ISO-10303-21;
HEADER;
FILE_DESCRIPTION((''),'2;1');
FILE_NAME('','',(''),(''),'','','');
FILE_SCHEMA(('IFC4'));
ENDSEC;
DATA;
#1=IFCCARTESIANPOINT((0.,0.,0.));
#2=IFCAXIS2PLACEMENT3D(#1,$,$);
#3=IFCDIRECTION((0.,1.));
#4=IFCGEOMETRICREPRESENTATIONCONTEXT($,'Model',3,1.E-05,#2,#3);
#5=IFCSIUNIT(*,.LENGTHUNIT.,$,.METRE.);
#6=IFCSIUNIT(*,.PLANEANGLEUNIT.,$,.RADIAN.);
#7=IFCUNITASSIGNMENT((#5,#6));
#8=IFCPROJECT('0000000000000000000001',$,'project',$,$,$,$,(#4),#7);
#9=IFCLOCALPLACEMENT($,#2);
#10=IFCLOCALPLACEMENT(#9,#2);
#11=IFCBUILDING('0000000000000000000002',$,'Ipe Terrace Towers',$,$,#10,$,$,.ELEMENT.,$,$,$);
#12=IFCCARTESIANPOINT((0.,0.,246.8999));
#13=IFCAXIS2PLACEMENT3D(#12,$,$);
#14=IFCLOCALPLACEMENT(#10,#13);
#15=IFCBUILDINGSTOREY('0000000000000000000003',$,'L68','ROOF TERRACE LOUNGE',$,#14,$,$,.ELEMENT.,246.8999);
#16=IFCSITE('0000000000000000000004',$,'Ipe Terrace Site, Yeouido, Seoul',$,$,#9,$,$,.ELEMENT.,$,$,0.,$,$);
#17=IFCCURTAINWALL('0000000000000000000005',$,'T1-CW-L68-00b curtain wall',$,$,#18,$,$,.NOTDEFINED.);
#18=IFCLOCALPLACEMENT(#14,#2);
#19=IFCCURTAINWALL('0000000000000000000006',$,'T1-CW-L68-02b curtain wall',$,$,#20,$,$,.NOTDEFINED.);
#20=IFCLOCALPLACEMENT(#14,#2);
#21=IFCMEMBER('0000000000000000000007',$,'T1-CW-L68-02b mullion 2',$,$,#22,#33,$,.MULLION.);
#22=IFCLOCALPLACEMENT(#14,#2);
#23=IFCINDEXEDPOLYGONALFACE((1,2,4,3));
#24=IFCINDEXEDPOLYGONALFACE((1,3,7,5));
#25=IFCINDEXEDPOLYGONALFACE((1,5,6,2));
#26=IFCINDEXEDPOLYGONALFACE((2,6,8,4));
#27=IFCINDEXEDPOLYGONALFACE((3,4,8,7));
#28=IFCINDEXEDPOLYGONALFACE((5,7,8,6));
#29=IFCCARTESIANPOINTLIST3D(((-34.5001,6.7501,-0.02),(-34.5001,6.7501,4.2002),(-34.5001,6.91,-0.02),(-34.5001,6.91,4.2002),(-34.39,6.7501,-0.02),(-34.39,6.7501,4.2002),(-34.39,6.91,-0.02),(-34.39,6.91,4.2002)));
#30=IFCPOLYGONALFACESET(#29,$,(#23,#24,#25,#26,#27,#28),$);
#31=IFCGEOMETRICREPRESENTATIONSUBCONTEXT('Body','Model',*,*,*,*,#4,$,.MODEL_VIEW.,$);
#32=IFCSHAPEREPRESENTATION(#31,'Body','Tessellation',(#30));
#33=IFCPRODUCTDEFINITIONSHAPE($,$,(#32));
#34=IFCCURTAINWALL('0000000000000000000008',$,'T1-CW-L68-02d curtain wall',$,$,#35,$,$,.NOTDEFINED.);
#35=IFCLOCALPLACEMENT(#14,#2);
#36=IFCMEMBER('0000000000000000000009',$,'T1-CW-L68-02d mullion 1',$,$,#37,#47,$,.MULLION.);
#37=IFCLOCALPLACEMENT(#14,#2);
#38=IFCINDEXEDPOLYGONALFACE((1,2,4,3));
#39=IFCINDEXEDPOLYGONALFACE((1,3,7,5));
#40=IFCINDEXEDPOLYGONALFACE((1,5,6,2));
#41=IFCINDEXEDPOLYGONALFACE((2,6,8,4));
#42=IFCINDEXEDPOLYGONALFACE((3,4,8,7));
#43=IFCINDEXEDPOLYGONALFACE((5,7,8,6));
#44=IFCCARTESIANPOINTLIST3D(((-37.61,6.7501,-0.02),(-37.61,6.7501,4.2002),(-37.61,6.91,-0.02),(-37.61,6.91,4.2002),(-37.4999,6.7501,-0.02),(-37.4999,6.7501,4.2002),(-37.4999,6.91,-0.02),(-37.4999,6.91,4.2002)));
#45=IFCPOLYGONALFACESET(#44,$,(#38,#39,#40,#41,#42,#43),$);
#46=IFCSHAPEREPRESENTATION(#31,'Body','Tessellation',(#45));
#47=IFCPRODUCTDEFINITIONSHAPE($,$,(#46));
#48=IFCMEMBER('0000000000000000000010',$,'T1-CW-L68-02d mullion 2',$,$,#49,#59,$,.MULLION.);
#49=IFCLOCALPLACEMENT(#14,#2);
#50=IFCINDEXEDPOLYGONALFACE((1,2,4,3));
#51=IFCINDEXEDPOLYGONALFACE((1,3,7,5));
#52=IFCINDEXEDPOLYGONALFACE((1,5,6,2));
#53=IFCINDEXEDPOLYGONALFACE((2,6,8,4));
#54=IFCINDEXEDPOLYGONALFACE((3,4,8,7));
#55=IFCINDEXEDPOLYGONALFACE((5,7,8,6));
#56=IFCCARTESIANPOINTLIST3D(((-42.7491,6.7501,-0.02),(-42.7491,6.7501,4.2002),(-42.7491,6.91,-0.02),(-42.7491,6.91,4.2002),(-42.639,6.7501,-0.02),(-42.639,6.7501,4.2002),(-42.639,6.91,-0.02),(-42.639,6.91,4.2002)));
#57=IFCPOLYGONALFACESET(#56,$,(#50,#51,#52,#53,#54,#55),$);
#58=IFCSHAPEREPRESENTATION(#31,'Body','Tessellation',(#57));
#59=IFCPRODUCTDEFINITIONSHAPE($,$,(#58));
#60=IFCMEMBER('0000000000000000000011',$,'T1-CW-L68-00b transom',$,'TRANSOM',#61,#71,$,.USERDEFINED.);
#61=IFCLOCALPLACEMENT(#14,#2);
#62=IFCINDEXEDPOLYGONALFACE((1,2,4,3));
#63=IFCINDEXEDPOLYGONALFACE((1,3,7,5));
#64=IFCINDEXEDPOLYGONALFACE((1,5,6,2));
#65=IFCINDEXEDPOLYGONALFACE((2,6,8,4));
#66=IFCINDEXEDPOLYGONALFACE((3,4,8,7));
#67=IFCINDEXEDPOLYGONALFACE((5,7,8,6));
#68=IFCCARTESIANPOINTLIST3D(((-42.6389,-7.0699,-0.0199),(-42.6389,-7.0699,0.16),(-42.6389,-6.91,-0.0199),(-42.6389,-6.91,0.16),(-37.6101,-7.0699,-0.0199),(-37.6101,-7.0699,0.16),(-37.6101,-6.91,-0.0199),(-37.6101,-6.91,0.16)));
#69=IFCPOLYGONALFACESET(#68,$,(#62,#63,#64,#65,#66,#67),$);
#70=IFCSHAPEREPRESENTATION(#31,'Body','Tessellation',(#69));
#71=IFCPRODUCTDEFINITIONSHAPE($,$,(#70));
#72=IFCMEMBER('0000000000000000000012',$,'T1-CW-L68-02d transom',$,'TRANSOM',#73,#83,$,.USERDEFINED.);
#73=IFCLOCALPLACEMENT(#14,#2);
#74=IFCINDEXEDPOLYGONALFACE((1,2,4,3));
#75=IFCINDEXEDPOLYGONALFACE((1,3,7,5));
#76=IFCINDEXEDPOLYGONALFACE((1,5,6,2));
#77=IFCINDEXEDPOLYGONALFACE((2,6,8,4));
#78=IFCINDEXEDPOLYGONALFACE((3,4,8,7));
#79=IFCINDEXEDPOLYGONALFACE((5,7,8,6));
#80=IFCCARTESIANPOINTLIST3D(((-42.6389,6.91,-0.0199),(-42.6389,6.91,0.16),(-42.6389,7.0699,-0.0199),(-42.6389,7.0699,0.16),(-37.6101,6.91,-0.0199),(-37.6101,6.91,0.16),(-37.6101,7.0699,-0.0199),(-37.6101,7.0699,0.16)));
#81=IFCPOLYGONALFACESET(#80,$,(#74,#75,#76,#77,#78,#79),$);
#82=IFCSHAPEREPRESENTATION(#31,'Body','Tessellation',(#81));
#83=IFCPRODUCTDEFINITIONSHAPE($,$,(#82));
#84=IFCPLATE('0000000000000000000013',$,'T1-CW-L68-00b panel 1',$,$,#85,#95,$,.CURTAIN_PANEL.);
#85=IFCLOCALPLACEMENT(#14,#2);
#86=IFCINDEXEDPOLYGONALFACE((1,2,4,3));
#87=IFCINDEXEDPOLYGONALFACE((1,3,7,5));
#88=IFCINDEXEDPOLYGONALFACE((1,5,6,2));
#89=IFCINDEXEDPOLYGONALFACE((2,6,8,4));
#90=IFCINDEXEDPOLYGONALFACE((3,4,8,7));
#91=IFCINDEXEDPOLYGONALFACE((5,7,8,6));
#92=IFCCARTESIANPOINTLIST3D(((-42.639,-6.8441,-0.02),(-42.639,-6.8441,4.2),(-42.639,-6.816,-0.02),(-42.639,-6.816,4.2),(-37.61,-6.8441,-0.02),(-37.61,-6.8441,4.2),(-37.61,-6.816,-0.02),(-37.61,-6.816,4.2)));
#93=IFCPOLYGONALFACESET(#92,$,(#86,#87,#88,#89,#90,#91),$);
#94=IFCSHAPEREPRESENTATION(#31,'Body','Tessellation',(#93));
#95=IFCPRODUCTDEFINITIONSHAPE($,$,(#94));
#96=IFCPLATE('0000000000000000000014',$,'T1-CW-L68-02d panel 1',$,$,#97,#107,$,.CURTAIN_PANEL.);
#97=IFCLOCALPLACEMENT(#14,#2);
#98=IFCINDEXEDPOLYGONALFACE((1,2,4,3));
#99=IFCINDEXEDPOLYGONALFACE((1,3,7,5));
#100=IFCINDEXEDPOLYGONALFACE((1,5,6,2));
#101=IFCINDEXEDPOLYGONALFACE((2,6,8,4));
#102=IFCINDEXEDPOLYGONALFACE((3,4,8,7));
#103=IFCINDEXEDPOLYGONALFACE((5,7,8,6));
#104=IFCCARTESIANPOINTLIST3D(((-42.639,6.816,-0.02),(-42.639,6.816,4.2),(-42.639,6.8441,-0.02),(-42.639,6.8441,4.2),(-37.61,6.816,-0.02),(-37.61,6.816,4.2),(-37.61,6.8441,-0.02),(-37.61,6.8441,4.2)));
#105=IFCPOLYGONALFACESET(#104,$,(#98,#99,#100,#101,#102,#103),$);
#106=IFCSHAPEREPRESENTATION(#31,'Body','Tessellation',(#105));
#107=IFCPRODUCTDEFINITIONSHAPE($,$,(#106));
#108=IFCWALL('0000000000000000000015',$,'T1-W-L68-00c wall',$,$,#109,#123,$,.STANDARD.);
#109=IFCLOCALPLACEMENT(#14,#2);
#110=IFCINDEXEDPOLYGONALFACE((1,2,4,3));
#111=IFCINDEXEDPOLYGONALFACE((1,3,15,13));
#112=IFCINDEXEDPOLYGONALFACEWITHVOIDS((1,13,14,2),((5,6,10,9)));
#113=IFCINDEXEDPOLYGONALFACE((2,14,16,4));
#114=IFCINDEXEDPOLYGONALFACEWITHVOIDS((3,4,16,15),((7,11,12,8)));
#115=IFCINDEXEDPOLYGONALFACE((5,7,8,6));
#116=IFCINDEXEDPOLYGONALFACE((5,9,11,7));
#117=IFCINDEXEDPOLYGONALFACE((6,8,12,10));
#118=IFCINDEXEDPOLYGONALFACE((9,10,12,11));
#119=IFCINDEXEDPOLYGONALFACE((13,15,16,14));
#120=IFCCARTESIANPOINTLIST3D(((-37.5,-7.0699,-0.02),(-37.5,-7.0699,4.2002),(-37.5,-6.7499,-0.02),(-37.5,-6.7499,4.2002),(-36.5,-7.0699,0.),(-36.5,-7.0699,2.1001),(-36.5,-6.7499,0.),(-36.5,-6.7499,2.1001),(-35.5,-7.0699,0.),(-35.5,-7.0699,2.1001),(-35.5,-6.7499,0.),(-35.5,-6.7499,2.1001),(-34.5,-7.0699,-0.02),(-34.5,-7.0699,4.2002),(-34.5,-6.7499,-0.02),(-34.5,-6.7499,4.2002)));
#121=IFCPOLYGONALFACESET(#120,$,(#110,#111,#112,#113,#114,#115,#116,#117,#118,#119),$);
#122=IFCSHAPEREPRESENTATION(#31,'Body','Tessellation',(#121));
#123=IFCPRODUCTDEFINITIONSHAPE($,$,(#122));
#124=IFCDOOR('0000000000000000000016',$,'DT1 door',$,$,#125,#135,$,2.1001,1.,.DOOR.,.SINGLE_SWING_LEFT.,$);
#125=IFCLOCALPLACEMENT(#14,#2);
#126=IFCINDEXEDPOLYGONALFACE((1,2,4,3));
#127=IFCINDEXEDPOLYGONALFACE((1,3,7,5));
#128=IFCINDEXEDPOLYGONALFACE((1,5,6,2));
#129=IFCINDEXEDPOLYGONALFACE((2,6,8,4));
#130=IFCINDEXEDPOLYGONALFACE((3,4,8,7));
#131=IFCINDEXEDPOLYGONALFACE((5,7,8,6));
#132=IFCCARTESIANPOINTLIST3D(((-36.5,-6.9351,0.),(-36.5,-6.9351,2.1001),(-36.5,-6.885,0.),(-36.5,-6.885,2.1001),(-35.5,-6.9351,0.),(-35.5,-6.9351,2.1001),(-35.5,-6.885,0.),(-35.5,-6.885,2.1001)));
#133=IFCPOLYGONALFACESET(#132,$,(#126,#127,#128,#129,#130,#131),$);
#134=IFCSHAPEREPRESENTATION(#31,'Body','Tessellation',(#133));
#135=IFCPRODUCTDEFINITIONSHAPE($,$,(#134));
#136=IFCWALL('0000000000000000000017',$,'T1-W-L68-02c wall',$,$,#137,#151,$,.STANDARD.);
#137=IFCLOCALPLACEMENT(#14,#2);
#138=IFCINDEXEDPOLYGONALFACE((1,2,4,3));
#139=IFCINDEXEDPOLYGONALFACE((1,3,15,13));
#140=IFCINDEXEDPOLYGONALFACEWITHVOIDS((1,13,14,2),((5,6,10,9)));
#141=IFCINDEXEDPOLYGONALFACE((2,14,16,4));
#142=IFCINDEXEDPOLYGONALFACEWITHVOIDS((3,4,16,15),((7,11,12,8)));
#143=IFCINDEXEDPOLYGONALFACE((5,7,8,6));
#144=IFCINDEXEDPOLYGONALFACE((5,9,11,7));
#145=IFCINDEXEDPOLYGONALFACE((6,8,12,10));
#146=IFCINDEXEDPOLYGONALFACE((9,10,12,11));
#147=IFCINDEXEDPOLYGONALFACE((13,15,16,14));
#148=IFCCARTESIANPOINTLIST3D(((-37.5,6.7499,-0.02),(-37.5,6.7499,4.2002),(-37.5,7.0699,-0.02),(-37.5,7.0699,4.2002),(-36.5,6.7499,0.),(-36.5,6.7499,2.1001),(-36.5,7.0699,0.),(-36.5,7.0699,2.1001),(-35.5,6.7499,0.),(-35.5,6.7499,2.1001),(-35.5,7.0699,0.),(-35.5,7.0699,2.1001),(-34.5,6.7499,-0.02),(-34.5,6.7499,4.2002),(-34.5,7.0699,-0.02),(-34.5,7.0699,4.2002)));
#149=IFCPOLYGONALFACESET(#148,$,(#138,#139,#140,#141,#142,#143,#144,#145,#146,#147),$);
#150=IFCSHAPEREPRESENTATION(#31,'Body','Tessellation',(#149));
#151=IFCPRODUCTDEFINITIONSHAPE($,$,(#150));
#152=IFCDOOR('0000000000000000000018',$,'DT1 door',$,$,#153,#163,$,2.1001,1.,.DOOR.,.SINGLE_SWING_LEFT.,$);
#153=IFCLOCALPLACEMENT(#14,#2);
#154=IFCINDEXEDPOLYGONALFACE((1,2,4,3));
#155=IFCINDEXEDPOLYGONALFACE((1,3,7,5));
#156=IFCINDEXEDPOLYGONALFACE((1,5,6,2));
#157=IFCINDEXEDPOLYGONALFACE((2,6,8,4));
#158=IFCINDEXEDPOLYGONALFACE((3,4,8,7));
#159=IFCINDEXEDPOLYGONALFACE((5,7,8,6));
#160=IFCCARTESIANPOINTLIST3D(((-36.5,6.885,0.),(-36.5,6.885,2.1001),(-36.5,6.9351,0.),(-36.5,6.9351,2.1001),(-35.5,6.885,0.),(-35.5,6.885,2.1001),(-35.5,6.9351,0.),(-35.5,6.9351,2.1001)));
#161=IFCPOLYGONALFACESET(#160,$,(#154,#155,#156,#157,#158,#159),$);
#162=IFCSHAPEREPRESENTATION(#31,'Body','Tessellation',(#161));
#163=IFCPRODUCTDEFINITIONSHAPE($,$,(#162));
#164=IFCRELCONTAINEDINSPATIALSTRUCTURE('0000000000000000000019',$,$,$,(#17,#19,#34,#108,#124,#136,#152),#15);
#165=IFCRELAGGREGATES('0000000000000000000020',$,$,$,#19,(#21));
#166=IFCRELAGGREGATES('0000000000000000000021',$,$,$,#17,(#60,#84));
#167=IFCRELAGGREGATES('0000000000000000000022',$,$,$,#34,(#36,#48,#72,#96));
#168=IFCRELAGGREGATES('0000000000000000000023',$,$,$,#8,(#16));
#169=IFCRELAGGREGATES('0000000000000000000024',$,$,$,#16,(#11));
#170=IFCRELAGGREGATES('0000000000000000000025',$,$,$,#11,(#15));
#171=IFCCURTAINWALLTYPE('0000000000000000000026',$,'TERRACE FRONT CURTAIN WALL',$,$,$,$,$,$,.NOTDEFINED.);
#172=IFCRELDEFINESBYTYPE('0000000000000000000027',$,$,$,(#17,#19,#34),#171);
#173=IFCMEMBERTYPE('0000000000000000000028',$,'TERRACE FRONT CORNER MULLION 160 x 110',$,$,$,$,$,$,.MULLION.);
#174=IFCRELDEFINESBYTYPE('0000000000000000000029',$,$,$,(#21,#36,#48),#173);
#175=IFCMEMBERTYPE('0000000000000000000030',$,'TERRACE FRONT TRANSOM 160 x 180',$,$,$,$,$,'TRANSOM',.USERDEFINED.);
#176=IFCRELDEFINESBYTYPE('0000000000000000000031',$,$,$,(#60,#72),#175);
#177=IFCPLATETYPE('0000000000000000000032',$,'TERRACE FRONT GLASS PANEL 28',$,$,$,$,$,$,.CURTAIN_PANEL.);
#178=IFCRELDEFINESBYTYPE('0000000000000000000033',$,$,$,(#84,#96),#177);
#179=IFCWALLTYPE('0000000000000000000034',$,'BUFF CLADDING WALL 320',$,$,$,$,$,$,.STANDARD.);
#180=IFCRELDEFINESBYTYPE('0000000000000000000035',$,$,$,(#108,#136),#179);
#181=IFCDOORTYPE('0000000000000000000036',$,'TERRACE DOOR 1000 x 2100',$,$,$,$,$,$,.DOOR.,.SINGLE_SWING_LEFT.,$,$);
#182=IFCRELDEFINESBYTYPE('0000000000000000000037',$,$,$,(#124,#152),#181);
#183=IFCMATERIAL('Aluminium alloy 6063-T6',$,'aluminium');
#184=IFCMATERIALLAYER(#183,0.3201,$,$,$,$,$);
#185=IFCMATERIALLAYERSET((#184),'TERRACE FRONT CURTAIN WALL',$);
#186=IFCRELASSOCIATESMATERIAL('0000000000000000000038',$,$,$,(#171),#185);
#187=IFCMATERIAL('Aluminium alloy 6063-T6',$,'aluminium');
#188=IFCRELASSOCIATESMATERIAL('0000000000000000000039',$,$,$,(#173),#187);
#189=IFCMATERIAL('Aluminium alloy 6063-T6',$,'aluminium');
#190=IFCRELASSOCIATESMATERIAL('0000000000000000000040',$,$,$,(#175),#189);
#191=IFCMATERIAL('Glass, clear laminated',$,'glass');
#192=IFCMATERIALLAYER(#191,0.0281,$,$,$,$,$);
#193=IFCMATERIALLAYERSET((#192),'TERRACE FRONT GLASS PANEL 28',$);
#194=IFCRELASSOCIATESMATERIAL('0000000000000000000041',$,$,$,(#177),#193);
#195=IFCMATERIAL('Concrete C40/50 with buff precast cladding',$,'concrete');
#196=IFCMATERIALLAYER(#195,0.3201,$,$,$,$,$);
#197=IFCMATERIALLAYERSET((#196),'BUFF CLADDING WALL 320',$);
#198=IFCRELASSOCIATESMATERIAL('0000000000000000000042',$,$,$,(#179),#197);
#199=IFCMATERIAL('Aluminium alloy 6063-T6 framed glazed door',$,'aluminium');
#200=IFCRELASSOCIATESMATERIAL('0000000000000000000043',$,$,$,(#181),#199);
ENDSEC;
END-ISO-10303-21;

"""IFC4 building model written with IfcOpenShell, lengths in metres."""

from ifc_helpers import new_model, si_unit, direction, frame, frame_2d, origin, origin_2d, place, context, subcontext, project, spatial, rectangle, extrude, material, layer, layer_set, material_profile, profile_set, type_object, element, fill, aggregate, save


model = new_model("IFC4")

# Units and contexts
model_context = context("Model", 3, precision=1e-05, world=origin(), true_north=direction((0.0, 1.0)))
body_context = subcontext(model_context, "Body", "Model", "MODEL_VIEW")
ifc_project = project(units=[si_unit("LENGTHUNIT", "METRE"), si_unit("PLANEANGLEUNIT", "RADIAN")], contexts=[model_context])

# Site, building, storey
site_placement = place(None, origin())
site = spatial("IfcSite", under=ifc_project, at=site_placement, Name="Ipe Terrace Site, Yeouido, Seoul", CompositionType="ELEMENT", RefElevation=0.0)
building_placement = place(site_placement, origin())
building = spatial("IfcBuilding", under=site, at=building_placement, Name="Ipe Terrace Towers", CompositionType="ELEMENT")
storey_placement = place(building_placement, frame((0.0, 0.0, 246.8999)))
storey = spatial("IfcBuildingStorey", under=building, at=storey_placement, Name="L68", Description="ROOF TERRACE LOUNGE", CompositionType="ELEMENT", Elevation=246.8999)

# Curtain wall
ifc_material_1 = material(Name="Aluminium alloy 6063-T6", Category="aluminium")
ifc_layer_1 = layer(ifc_material_1, 0.3201)
ifc_layer_set_1 = layer_set([ifc_layer_1], Name="TERRACE FRONT CURTAIN WALL")
curtain_wall_type = type_object("IfcCurtainWallType", Name="TERRACE FRONT CURTAIN WALL", PredefinedType="NOTDEFINED", material=ifc_layer_set_1)
curtain_wall_1_placement = place(storey_placement, origin())
curtain_wall_1 = element("IfcCurtainWall", 1, at=curtain_wall_1_placement, inside=storey, type_object=curtain_wall_type, Name="T1-CW-L68-00b curtain wall", PredefinedType="NOTDEFINED")
ifc_material_2 = material(Name="Aluminium alloy 6063-T6", Category="aluminium")
ifc_material_profile_1 = material_profile(ifc_material_2, rectangle(XDim=0.1599, YDim=0.1101, at=origin_2d()), Name="TERRACE FRONT CORNER MULLION 160 x 110")
ifc_profile_set_1 = profile_set([ifc_material_profile_1], Name="Aluminium alloy 6063-T6")
member_type_1 = type_object("IfcMemberType", Name="TERRACE FRONT CORNER MULLION 160 x 110", PredefinedType="MULLION", material=ifc_profile_set_1)

# Curtain wall, member
curtain_wall_2_placement = place(storey_placement, origin())
curtain_wall_2 = element("IfcCurtainWall", 2, at=curtain_wall_2_placement, inside=storey, type_object=curtain_wall_type, Name="T1-CW-L68-02b curtain wall", PredefinedType="NOTDEFINED")
member_1_placement = place(storey_placement, frame((-34.4451, 6.8301, -0.02), z_axis=(0.0, 0.0, 1.0), x_axis=(0.0, 1.0, 0.0)))
member_1 = element("IfcMember", 3, at=member_1_placement, type_object=member_type_1, Name="T1-CW-L68-02b mullion 2", PredefinedType="MULLION", context=body_context, shape_type="SweptSolid", body=[
    extrude(rectangle(XDim=0.1599, YDim=0.1101, at=origin_2d()), origin(), (0.0, 0.0, 1.0), 4.2202),
])
aggregate(curtain_wall_2, [member_1])

# Curtain wall, members
curtain_wall_3_placement = place(storey_placement, origin())
curtain_wall_3 = element("IfcCurtainWall", 4, at=curtain_wall_3_placement, inside=storey, type_object=curtain_wall_type, Name="T1-CW-L68-02d curtain wall", PredefinedType="NOTDEFINED")
member_2_placement = place(storey_placement, frame((-37.5549, 6.8301, -0.02), z_axis=(0.0, 0.0, 1.0), x_axis=(0.0, 1.0, 0.0)))
member_2 = element("IfcMember", 5, at=member_2_placement, type_object=member_type_1, Name="T1-CW-L68-02d mullion 1", PredefinedType="MULLION", context=body_context, shape_type="SweptSolid", body=[
    extrude(rectangle(XDim=0.1599, YDim=0.1101, at=origin_2d()), origin(), (0.0, 0.0, 1.0), 4.2202),
])
member_3_placement = place(storey_placement, frame((-42.6941, 6.8301, -0.02), z_axis=(0.0, 0.0, 1.0), x_axis=(0.0, 1.0, 0.0)))
member_3 = element("IfcMember", 6, at=member_3_placement, type_object=member_type_1, Name="T1-CW-L68-02d mullion 2", PredefinedType="MULLION", context=body_context, shape_type="SweptSolid", body=[
    extrude(rectangle(XDim=0.1599, YDim=0.1101, at=origin_2d()), origin(), (0.0, 0.0, 1.0), 4.2202),
])

# Members
ifc_material_3 = material(Name="Aluminium alloy 6063-T6", Category="aluminium")
ifc_material_profile_2 = material_profile(ifc_material_3, rectangle(XDim=0.1599, YDim=0.1799, at=origin_2d()), Name="TERRACE FRONT TRANSOM 160 x 180")
ifc_profile_set_2 = profile_set([ifc_material_profile_2], Name="Aluminium alloy 6063-T6")
member_type_2 = type_object("IfcMemberType", Name="TERRACE FRONT TRANSOM 160 x 180", ElementType="TRANSOM", PredefinedType="USERDEFINED", material=ifc_profile_set_2)
member_4_placement = place(storey_placement, frame((-42.6389, -6.99, 0.0701), z_axis=(1.0, 0.0, 0.0), x_axis=(0.0, -1.0, 0.0)))
member_4 = element("IfcMember", 7, at=member_4_placement, type_object=member_type_2, Name="T1-CW-L68-00b transom", ObjectType="TRANSOM", PredefinedType="USERDEFINED", context=body_context, shape_type="SweptSolid", body=[
    extrude(rectangle(XDim=0.1599, YDim=0.1799, at=origin_2d()), origin(), (0.0, 0.0, 1.0), 5.0288),
])
member_5_placement = place(storey_placement, frame((-37.6101, 6.99, 0.0701), z_axis=(-1.0, 0.0, 0.0), x_axis=(0.0, 1.0, 0.0)))
member_5 = element("IfcMember", 8, at=member_5_placement, type_object=member_type_2, Name="T1-CW-L68-02d transom", ObjectType="TRANSOM", PredefinedType="USERDEFINED", context=body_context, shape_type="SweptSolid", body=[
    extrude(rectangle(XDim=0.1599, YDim=0.1799, at=origin_2d()), origin(), (0.0, 0.0, 1.0), 5.0288),
])

# Plates
ifc_material_4 = material(Name="Glass, clear laminated", Category="glass")
ifc_layer_2 = layer(ifc_material_4, 0.0281)
ifc_layer_set_2 = layer_set([ifc_layer_2], Name="TERRACE FRONT GLASS PANEL 28")
plate_type = type_object("IfcPlateType", Name="TERRACE FRONT GLASS PANEL 28", PredefinedType="CURTAIN_PANEL", material=ifc_layer_set_2)
plate_1_placement = place(storey_placement, frame((-40.1245, -6.8301, -0.02), z_axis=(0.0, 0.0, 1.0), x_axis=(1.0, 0.0, 0.0)))
plate_1 = element("IfcPlate", 9, at=plate_1_placement, type_object=plate_type, Name="T1-CW-L68-00b panel 1", PredefinedType="CURTAIN_PANEL", context=body_context, shape_type="SweptSolid", body=[
    extrude(rectangle(XDim=5.0291, YDim=0.0281, at=origin_2d()), origin(), (0.0, 0.0, 1.0), 4.22),
])
aggregate(curtain_wall_1, [member_4, plate_1])
plate_2_placement = place(storey_placement, frame((-40.1245, 6.8301, -0.02), z_axis=(0.0, 0.0, 1.0), x_axis=(-1.0, 0.0, 0.0)))
plate_2 = element("IfcPlate", 10, at=plate_2_placement, type_object=plate_type, Name="T1-CW-L68-02d panel 1", PredefinedType="CURTAIN_PANEL", context=body_context, shape_type="SweptSolid", body=[
    extrude(rectangle(XDim=5.0291, YDim=0.0281, at=origin_2d()), origin(), (0.0, 0.0, 1.0), 4.22),
])
aggregate(curtain_wall_3, [member_2, member_3, member_5, plate_2])

# Walls, openings, doors
ifc_material_5 = material(Name="Concrete C40/50 with buff precast cladding", Category="concrete")
ifc_layer_3 = layer(ifc_material_5, 0.3201)
ifc_layer_set_3 = layer_set([ifc_layer_3], Name="BUFF CLADDING WALL 320")
wall_type_1 = type_object("IfcWallType", Name="BUFF CLADDING WALL 320", PredefinedType="STANDARD", material=ifc_layer_set_3)
wall_1_placement = place(storey_placement, frame((-37.5, -6.9099, -0.02), z_axis=(0.0, 0.0, 1.0), x_axis=(1.0, 0.0, 0.0)))
wall_1 = element("IfcWall", 11, at=wall_1_placement, inside=storey, type_object=wall_type_1, Name="T1-W-L68-00c wall", PredefinedType="STANDARD", context=body_context, shape_type="SweptSolid", body=[
    extrude(rectangle(XDim=3.0, YDim=0.3201, at=frame_2d((1.5, 0.0))), origin(), (0.0, 0.0, 1.0), 4.2202),
])
opening_1_placement = place(wall_1_placement, frame((1.0, 0.0, 0.02)))
opening_1 = element("IfcOpeningElement", 12, at=opening_1_placement, cuts=wall_1, PredefinedType="OPENING", context=body_context, shape_type="SweptSolid", body=[
    extrude(rectangle(XDim=1.0, YDim=2.1001, at=frame_2d((0.5, 1.05))), frame((0.0, 0.1699, 0.0), z_axis=(0.0, -1.0, 0.0), x_axis=(1.0, 0.0, 0.0)), (0.0, 0.0, 1.0), 0.3401),
])
ifc_material_6 = material(Name="Aluminium alloy 6063-T6 framed glazed door", Category="aluminium")
door_type_1 = type_object("IfcDoorType", Name="TERRACE DOOR 1000 x 2100", OperationType="SINGLE_SWING_LEFT", PredefinedType="DOOR", material=ifc_material_6)
door_1_placement = place(opening_1_placement, origin())
door_1 = element("IfcDoor", 13, at=door_1_placement, inside=storey, type_object=door_type_1, Name="DT1 door", OperationType="SINGLE_SWING_LEFT", OverallHeight=2.1001, OverallWidth=1.0, PredefinedType="DOOR", context=body_context, shape_type="SweptSolid", body=[
    extrude(rectangle(XDim=1.0, YDim=2.1001, at=frame_2d((0.5, 1.05))), frame((0.0, 0.0249, 0.0), z_axis=(0.0, -1.0, 0.0), x_axis=(1.0, 0.0, 0.0)), (0.0, 0.0, 1.0), 0.05),
])
fill(opening_1, door_1)
wall_2_placement = place(storey_placement, frame((-34.5, 6.9099, -0.02), z_axis=(0.0, 0.0, 1.0), x_axis=(-1.0, 0.0, 0.0)))
wall_2 = element("IfcWall", 14, at=wall_2_placement, inside=storey, type_object=wall_type_1, Name="T1-W-L68-02c wall", PredefinedType="STANDARD", context=body_context, shape_type="SweptSolid", body=[
    extrude(rectangle(XDim=3.0, YDim=0.3201, at=frame_2d((1.5, 0.0))), origin(), (0.0, 0.0, 1.0), 4.2202),
])
opening_2_placement = place(wall_2_placement, frame((1.0, 0.0, 0.02)))
opening_2 = element("IfcOpeningElement", 15, at=opening_2_placement, cuts=wall_2, PredefinedType="OPENING", context=body_context, shape_type="SweptSolid", body=[
    extrude(rectangle(XDim=1.0, YDim=2.1001, at=frame_2d((0.5, 1.05))), frame((0.0, 0.1699, 0.0), z_axis=(0.0, -1.0, 0.0), x_axis=(1.0, 0.0, 0.0)), (0.0, 0.0, 1.0), 0.3401),
])
door_2_placement = place(opening_2_placement, origin())
door_2 = element("IfcDoor", 16, at=door_2_placement, inside=storey, type_object=door_type_1, Name="DT1 door", OperationType="SINGLE_SWING_LEFT", OverallHeight=2.1001, OverallWidth=1.0, PredefinedType="DOOR", context=body_context, shape_type="SweptSolid", body=[
    extrude(rectangle(XDim=1.0, YDim=2.1001, at=frame_2d((0.5, 1.05))), frame((0.0, 0.0249, 0.0), z_axis=(0.0, -1.0, 0.0), x_axis=(1.0, 0.0, 0.0)), (0.0, 0.0, 1.0), 0.05),
])
fill(opening_2, door_2)

save(model, "model.ifc")
